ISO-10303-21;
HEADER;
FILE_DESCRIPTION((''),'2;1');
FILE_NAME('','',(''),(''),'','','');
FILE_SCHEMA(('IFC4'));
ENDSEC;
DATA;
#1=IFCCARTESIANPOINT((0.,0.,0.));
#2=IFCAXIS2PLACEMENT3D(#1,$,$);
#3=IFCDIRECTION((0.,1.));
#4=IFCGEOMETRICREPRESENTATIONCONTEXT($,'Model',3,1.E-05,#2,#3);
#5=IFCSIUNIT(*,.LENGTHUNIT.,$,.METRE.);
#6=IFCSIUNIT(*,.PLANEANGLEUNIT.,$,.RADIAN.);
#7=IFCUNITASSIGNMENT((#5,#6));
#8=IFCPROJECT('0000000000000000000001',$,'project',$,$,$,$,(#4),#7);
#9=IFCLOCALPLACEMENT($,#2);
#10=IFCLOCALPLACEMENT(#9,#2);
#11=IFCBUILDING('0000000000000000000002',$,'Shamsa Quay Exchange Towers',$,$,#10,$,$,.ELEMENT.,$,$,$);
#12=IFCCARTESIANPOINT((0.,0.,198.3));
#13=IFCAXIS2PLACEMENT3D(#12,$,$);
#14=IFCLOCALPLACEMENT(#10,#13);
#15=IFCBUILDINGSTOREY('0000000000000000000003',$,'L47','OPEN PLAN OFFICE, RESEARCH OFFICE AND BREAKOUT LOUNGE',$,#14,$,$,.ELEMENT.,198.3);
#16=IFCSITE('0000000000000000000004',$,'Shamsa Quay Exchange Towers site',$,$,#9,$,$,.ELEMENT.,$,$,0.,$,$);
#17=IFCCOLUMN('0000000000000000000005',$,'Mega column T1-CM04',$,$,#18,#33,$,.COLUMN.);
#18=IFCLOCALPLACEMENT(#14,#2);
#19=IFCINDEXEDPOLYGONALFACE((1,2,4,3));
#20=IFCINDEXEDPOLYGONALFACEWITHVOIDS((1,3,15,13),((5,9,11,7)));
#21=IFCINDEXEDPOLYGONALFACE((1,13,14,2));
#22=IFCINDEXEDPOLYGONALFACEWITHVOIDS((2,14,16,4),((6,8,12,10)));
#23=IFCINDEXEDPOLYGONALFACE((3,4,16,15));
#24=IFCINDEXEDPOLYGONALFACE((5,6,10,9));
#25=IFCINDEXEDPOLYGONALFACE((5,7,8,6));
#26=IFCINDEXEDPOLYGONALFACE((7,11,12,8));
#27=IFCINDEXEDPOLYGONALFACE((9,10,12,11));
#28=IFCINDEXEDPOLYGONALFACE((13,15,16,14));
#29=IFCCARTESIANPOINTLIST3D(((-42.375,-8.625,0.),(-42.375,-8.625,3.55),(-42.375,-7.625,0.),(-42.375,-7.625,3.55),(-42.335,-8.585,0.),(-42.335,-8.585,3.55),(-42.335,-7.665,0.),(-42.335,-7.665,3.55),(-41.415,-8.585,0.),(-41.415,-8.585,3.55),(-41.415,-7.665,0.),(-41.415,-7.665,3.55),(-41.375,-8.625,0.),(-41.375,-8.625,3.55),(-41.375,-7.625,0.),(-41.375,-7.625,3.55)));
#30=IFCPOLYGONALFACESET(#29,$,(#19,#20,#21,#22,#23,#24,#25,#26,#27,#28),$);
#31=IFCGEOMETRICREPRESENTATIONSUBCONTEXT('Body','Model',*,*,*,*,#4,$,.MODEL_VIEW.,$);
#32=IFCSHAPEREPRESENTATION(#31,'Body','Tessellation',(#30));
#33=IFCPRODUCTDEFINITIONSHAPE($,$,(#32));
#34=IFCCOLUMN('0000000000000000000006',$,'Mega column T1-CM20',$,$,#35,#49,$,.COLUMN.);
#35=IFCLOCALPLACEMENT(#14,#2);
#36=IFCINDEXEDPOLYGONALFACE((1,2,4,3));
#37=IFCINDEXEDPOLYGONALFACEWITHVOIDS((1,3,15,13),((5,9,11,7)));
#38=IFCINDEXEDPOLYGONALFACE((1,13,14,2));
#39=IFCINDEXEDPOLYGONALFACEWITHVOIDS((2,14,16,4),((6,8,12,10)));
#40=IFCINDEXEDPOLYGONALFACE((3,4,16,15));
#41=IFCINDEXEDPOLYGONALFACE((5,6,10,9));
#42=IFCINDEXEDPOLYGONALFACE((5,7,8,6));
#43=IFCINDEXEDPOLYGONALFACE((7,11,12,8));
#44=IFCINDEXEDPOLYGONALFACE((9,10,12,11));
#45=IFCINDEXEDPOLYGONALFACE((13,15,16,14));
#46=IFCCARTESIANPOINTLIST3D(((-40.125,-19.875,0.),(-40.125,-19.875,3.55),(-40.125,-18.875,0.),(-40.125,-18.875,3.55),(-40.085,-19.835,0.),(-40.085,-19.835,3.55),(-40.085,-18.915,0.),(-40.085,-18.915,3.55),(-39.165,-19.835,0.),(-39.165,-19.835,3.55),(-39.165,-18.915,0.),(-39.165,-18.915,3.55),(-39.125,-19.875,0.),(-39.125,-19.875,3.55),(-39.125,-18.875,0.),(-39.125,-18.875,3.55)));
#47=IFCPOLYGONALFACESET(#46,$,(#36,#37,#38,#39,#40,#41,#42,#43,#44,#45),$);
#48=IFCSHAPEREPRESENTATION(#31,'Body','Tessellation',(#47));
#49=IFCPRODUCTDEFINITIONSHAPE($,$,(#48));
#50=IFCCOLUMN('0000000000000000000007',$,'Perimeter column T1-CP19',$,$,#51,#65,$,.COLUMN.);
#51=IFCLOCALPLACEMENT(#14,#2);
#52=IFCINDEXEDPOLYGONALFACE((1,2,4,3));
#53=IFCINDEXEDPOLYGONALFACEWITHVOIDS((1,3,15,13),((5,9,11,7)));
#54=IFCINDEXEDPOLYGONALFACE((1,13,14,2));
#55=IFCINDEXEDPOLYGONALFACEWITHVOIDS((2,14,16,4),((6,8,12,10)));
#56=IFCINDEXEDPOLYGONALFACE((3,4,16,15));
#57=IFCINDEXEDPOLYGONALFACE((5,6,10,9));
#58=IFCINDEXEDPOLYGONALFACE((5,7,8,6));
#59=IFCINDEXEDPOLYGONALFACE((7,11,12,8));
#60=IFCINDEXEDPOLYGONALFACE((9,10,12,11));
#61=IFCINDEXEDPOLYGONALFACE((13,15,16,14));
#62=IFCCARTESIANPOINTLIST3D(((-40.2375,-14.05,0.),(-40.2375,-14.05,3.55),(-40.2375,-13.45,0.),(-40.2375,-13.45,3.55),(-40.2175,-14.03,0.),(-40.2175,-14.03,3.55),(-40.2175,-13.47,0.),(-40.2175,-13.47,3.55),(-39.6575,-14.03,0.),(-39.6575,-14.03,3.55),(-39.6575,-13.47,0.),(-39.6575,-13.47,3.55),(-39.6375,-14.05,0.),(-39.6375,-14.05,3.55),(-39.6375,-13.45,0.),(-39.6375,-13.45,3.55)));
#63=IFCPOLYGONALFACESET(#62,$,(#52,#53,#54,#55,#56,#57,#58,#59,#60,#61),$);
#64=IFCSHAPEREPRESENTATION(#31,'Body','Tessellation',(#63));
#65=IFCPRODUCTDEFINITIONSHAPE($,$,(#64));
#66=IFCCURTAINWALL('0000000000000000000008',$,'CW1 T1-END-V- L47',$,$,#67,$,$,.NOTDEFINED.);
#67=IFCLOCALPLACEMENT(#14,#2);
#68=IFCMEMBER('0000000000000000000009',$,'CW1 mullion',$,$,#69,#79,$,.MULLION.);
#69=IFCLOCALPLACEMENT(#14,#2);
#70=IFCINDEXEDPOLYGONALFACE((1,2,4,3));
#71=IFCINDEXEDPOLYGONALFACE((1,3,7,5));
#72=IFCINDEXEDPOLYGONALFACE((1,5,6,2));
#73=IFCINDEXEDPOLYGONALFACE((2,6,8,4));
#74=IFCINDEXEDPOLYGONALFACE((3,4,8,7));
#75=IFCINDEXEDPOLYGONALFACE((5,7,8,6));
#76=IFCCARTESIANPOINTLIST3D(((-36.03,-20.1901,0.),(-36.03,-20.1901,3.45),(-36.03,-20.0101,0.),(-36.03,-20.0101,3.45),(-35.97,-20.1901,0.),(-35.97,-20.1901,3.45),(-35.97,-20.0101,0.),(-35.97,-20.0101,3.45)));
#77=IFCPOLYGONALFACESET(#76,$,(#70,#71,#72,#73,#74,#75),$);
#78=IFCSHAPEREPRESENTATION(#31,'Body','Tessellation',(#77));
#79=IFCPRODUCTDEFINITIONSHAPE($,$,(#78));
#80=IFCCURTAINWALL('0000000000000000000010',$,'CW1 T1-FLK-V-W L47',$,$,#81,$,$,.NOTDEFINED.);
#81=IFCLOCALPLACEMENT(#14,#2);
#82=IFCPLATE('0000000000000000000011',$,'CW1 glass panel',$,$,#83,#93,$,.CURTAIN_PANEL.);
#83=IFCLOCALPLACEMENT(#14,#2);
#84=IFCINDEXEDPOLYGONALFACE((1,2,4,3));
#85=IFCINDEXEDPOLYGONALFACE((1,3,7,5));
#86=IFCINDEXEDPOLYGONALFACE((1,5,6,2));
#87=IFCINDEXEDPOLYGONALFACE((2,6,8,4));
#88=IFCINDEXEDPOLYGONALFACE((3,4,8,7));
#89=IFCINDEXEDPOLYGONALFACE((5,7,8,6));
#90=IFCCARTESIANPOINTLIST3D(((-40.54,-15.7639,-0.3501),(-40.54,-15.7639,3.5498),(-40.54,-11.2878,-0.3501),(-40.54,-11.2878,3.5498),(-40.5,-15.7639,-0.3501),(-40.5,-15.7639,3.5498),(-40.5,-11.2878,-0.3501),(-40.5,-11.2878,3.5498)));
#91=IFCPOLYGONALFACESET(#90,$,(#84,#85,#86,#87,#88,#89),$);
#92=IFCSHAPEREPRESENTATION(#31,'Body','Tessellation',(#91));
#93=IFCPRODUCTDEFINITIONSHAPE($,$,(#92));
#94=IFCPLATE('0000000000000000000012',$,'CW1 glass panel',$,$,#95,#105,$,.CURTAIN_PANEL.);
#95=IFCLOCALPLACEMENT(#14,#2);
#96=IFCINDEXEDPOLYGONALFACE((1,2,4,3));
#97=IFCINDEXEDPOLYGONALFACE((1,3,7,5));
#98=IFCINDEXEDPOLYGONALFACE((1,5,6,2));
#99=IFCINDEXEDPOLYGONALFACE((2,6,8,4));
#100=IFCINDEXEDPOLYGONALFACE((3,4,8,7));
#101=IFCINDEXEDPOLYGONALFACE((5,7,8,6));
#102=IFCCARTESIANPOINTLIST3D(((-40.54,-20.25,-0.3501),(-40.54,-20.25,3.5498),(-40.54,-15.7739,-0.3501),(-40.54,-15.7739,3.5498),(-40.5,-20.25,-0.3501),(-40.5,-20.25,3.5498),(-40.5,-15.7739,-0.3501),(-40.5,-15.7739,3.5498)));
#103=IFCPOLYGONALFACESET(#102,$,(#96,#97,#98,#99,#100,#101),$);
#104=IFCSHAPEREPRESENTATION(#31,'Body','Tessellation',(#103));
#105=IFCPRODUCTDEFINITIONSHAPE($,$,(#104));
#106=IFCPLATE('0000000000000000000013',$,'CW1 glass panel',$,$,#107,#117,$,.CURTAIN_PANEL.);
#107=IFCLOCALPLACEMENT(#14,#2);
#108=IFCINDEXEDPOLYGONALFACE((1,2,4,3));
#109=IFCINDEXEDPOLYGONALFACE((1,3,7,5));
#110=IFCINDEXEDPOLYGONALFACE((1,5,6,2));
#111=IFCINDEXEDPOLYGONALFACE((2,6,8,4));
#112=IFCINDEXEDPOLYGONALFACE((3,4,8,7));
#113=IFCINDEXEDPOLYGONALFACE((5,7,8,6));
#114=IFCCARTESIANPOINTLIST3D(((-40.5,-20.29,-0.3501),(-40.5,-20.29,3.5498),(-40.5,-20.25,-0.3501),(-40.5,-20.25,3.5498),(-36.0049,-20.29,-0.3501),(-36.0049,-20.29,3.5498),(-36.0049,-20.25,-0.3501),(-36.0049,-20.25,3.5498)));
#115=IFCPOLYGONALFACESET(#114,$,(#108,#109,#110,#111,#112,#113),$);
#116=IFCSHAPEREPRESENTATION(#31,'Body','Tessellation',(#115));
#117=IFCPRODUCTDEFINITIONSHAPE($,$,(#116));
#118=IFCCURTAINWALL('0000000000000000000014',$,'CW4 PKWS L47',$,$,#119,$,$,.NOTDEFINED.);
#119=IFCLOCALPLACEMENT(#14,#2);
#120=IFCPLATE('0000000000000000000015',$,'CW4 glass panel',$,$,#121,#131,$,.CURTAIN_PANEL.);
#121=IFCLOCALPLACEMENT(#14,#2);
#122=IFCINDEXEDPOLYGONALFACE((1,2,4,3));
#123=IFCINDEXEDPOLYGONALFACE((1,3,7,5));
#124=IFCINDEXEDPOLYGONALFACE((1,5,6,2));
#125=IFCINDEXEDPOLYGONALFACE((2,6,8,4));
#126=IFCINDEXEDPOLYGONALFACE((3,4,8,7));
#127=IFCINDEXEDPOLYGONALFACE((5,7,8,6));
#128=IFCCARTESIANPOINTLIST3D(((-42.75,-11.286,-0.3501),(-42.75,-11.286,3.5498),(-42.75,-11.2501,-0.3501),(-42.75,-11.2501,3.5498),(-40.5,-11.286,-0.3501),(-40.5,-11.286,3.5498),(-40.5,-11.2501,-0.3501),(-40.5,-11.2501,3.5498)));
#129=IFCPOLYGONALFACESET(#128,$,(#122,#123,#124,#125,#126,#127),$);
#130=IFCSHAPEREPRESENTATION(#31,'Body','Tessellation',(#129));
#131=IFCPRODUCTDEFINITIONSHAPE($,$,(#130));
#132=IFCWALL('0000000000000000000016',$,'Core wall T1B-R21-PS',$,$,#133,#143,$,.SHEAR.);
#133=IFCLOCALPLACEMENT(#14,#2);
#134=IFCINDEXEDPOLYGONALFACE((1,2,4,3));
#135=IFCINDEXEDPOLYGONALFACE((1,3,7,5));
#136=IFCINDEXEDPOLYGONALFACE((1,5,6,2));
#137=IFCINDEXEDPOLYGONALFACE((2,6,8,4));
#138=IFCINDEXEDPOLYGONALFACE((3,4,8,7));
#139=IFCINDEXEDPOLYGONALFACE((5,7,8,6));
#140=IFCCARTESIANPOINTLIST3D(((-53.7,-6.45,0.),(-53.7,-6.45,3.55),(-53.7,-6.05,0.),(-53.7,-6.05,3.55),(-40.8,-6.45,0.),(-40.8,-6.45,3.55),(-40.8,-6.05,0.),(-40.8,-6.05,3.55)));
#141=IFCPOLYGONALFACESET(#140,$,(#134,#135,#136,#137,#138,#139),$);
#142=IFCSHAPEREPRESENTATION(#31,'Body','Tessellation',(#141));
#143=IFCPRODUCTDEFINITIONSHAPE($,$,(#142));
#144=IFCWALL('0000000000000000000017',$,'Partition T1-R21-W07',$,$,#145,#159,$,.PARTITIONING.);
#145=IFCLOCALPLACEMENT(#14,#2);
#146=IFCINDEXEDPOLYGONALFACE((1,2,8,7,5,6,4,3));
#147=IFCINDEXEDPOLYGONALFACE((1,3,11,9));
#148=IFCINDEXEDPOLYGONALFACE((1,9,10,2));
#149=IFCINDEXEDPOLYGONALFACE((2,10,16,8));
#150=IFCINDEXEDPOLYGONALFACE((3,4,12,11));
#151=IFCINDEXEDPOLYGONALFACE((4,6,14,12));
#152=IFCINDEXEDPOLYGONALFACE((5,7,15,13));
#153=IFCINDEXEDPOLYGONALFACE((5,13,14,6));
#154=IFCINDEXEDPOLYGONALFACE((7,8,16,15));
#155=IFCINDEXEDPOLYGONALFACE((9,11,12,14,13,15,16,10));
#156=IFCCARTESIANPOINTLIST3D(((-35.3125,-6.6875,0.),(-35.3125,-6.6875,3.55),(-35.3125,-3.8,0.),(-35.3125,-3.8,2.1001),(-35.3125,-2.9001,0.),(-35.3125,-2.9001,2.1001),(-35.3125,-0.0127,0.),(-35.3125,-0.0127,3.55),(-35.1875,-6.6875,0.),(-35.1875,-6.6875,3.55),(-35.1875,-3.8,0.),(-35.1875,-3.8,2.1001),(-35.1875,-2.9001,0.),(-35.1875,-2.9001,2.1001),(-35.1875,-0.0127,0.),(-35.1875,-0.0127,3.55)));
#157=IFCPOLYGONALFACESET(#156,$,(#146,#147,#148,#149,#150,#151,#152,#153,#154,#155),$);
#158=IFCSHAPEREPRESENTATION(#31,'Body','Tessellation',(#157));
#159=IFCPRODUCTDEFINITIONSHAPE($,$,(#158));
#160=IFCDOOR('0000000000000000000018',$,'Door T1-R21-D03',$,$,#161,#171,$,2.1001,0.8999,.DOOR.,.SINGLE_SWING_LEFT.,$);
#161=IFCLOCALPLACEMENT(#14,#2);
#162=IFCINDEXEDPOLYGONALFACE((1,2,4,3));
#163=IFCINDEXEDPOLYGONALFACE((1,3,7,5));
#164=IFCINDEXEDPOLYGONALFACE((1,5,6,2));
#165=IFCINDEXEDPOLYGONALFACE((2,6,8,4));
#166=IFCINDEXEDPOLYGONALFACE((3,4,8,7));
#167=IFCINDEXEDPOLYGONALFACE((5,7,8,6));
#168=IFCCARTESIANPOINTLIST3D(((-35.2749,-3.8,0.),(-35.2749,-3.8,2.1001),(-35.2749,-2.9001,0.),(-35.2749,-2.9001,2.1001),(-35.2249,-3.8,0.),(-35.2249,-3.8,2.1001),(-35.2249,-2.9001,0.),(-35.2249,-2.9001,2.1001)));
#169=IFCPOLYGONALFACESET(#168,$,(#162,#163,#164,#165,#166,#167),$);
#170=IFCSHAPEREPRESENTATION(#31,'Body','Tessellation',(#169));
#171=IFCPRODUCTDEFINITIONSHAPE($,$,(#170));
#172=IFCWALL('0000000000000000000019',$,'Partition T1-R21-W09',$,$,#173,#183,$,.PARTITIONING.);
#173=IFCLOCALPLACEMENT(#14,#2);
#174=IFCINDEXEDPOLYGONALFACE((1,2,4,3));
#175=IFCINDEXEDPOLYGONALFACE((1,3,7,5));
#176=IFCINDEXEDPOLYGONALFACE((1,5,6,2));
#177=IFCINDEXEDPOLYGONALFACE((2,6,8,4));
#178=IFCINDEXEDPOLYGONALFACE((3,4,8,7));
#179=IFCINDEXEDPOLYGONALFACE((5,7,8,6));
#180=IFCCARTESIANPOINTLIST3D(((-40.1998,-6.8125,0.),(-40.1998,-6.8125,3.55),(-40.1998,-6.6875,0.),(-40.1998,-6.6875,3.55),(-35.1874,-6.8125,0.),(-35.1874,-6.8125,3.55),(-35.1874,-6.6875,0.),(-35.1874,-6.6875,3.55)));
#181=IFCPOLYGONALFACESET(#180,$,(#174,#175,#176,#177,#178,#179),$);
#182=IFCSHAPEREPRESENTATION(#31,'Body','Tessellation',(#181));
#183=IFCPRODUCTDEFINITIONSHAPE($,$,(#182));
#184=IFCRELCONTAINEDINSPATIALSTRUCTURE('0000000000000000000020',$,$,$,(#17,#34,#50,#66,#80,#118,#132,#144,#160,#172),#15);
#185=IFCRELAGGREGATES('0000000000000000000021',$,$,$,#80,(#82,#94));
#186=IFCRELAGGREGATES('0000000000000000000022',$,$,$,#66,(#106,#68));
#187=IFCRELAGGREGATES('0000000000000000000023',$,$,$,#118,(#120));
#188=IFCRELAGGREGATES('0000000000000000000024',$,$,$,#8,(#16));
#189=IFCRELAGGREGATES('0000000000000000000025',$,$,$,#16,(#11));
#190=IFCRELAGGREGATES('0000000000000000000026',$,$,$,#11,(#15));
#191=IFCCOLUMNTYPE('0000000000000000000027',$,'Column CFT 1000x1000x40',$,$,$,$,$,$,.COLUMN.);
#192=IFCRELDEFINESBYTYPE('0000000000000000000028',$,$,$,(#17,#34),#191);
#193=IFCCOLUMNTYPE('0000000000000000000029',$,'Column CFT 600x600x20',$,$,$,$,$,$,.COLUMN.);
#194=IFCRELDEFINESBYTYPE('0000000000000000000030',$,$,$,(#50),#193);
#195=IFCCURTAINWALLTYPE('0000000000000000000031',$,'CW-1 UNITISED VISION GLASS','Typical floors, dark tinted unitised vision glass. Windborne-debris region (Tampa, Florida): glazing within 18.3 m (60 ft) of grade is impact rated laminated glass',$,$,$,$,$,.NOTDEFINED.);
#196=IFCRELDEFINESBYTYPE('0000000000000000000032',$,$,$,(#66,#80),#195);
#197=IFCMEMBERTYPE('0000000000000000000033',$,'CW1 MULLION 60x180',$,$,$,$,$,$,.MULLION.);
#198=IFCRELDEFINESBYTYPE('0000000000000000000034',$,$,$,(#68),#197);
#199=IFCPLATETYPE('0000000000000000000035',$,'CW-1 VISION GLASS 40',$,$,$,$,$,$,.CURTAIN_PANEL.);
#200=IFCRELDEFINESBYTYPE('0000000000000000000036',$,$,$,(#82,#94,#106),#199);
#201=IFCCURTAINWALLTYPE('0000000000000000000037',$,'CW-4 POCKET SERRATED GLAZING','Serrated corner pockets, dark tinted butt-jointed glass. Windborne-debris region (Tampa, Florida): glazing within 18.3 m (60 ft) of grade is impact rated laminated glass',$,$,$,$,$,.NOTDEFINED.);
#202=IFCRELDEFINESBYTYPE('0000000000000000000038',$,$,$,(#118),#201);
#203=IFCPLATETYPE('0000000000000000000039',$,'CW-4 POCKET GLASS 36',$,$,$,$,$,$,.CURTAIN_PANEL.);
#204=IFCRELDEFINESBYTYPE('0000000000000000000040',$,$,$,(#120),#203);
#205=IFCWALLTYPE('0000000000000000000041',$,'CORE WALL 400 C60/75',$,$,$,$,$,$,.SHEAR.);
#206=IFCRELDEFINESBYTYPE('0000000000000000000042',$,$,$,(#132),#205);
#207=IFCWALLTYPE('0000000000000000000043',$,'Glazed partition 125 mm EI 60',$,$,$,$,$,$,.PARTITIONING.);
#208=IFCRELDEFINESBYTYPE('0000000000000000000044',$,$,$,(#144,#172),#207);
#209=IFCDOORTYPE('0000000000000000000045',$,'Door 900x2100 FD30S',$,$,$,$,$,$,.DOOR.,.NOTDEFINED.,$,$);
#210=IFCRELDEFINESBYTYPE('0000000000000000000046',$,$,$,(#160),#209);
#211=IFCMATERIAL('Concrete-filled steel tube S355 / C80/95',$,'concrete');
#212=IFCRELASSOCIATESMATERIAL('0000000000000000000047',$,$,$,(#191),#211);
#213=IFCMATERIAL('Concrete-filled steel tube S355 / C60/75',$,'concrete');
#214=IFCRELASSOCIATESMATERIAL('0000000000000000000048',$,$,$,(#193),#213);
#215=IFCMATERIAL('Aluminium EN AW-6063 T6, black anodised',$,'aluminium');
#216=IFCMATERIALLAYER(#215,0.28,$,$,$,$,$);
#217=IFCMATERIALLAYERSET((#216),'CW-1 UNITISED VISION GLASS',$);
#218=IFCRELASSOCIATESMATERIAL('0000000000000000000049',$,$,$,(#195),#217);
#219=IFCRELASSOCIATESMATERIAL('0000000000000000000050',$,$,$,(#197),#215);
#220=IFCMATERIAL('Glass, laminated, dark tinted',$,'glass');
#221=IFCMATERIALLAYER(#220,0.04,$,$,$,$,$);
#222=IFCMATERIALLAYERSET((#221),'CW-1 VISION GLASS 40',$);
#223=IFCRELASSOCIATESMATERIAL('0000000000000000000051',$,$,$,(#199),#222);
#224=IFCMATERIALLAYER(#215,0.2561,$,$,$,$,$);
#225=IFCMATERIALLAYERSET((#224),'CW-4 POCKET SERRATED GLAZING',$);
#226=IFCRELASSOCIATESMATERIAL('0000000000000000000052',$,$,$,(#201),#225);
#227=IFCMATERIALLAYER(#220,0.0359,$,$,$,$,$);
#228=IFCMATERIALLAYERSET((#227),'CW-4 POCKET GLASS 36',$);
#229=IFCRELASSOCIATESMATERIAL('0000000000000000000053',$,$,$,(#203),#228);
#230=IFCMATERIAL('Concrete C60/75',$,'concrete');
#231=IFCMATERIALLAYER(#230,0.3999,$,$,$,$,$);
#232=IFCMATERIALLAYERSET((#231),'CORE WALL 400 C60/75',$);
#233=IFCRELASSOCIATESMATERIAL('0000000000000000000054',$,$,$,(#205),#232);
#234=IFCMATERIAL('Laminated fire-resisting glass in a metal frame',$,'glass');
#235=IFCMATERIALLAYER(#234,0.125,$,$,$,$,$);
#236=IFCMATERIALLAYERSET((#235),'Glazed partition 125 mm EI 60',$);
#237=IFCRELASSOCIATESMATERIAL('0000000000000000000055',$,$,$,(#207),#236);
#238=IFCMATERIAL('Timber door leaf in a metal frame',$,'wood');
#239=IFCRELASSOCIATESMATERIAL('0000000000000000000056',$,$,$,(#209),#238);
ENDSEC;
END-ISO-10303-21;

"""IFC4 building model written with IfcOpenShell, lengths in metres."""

from ifc_helpers import new_model, si_unit, direction, frame, frame_2d, origin, origin_2d, place, context, subcontext, project, spatial, rectangle, hollow_rectangle, extrude, material, layer, layer_set, material_profile, profile_set, type_object, element, fill, aggregate, save


model = new_model("IFC4")

# Units and contexts
model_context = context("Model", 3, precision=1e-05, world=origin(), true_north=direction((0.0, 1.0)))
body_context = subcontext(model_context, "Body", "Model", "MODEL_VIEW")
ifc_project = project(units=[si_unit("LENGTHUNIT", "METRE"), si_unit("PLANEANGLEUNIT", "RADIAN")], contexts=[model_context])

# Site, building, storey
site_placement = place(None, origin())
site = spatial("IfcSite", under=ifc_project, at=site_placement, Name="Shamsa Quay Exchange Towers site", CompositionType="ELEMENT", RefElevation=0.0)
building_placement = place(site_placement, origin())
building = spatial("IfcBuilding", under=site, at=building_placement, Name="Shamsa Quay Exchange Towers", CompositionType="ELEMENT")
storey_placement = place(building_placement, frame((0.0, 0.0, 198.3)))
storey = spatial("IfcBuildingStorey", under=building, at=storey_placement, Name="L47", Description="OPEN PLAN OFFICE, RESEARCH OFFICE AND BREAKOUT LOUNGE", CompositionType="ELEMENT", Elevation=198.3)

# Columns
ifc_material_1 = material(Name="Concrete-filled steel tube S355 / C80/95", Category="concrete")
ifc_material_profile_1 = material_profile(ifc_material_1, hollow_rectangle(XDim=1.0, YDim=1.0, WallThickness=0.04, at=origin_2d()), Name="CFT 1000x1000x40")
ifc_profile_set_1 = profile_set([ifc_material_profile_1], Name="Concrete-filled steel tube S355 / C80/95")
column_type_1 = type_object("IfcColumnType", Name="Column CFT 1000x1000x40", PredefinedType="COLUMN", material=ifc_profile_set_1)
for number, where, name in (
    (1, (-41.875, -8.125, 0.0), "Mega column T1-CM04"),
    (2, (-39.625, -19.375, 0.0), "Mega column T1-CM20"),
):
    element("IfcColumn", number, at=place(storey_placement, frame(where)), inside=storey, type_object=column_type_1, Name=name, PredefinedType="COLUMN", context=body_context, shape_type="SweptSolid", body=[
        extrude(hollow_rectangle(XDim=1.0, YDim=1.0, WallThickness=0.04, at=origin_2d()), origin(), (0.0, 0.0, 1.0), 3.55),
    ])
ifc_material_2 = material(Name="Concrete-filled steel tube S355 / C60/75", Category="concrete")
ifc_material_profile_2 = material_profile(ifc_material_2, hollow_rectangle(XDim=0.6001, YDim=0.6001, WallThickness=0.02, at=origin_2d()), Name="CFT 600x600x20")
ifc_profile_set_2 = profile_set([ifc_material_profile_2], Name="Concrete-filled steel tube S355 / C60/75")
column_type_2 = type_object("IfcColumnType", Name="Column CFT 600x600x20", PredefinedType="COLUMN", material=ifc_profile_set_2)
column_placement = place(storey_placement, frame((-39.9375, -13.75, 0.0)))
element("IfcColumn", 3, at=column_placement, inside=storey, type_object=column_type_2, Name="Perimeter column T1-CP19", PredefinedType="COLUMN", context=body_context, shape_type="SweptSolid", body=[
    extrude(hollow_rectangle(XDim=0.6001, YDim=0.6001, WallThickness=0.02, at=origin_2d()), origin(), (0.0, 0.0, 1.0), 3.55),
])

# Curtain wall, member
ifc_material_3 = material(Name="Aluminium EN AW-6063 T6, black anodised", Category="aluminium")
ifc_layer_1 = layer(ifc_material_3, 0.28)
ifc_layer_set_1 = layer_set([ifc_layer_1], Name="CW-1 UNITISED VISION GLASS")
curtain_wall_type_1 = type_object("IfcCurtainWallType", Name="CW-1 UNITISED VISION GLASS", Description="Typical floors, dark tinted unitised vision glass. Windborne-debris region (Tampa, Florida): glazing within 18.3 m (60 ft) of grade is impact rated laminated glass", PredefinedType="NOTDEFINED", material=ifc_layer_set_1)
curtain_wall_1_placement = place(storey_placement, origin())
curtain_wall_1 = element("IfcCurtainWall", 4, at=curtain_wall_1_placement, inside=storey, type_object=curtain_wall_type_1, Name="CW1 T1-END-V- L47", PredefinedType="NOTDEFINED")
ifc_material_profile_3 = material_profile(ifc_material_3, rectangle(XDim=0.1799, YDim=0.0601, at=origin_2d()), Name="MU60x180")
ifc_profile_set_3 = profile_set([ifc_material_profile_3], Name="Aluminium EN AW-6063 T6, black anodised")
member_type = type_object("IfcMemberType", Name="CW1 MULLION 60x180", PredefinedType="MULLION", material=ifc_profile_set_3)
member_placement = place(storey_placement, frame((-36.0, -20.1001, 0.0), z_axis=(0.0, 0.0, 1.0), x_axis=(0.0, 1.0, 0.0)))
member = element("IfcMember", 5, at=member_placement, type_object=member_type, Name="CW1 mullion", PredefinedType="MULLION", context=body_context, shape_type="SweptSolid", body=[
    extrude(rectangle(XDim=0.1799, YDim=0.0601, at=origin_2d()), origin(), (0.0, 0.0, 1.0), 3.45),
])

# Curtain wall, plates
curtain_wall_2_placement = place(storey_placement, origin())
curtain_wall_2 = element("IfcCurtainWall", 6, at=curtain_wall_2_placement, inside=storey, type_object=curtain_wall_type_1, Name="CW1 T1-FLK-V-W L47", PredefinedType="NOTDEFINED")
ifc_material_4 = material(Name="Glass, laminated, dark tinted", Category="glass")
ifc_layer_2 = layer(ifc_material_4, 0.04)
ifc_layer_set_2 = layer_set([ifc_layer_2], Name="CW-1 VISION GLASS 40")
plate_type_1 = type_object("IfcPlateType", Name="CW-1 VISION GLASS 40", PredefinedType="CURTAIN_PANEL", material=ifc_layer_set_2)
plate_1_placement = place(storey_placement, frame((-40.52, -13.5259, -0.3501), z_axis=(0.0, 0.0, 1.0), x_axis=(0.0, -1.0, 0.0)))
plate_1 = element("IfcPlate", 7, at=plate_1_placement, type_object=plate_type_1, Name="CW1 glass panel", PredefinedType="CURTAIN_PANEL", context=body_context, shape_type="SweptSolid", body=[
    extrude(rectangle(XDim=4.4761, YDim=0.04, at=origin_2d()), origin(), (0.0, 0.0, 1.0), 3.8999),
])
plate_2_placement = place(storey_placement, frame((-40.52, -18.012, -0.3501), z_axis=(0.0, 0.0, 1.0), x_axis=(0.0, -1.0, 0.0)))
plate_2 = element("IfcPlate", 8, at=plate_2_placement, type_object=plate_type_1, Name="CW1 glass panel", PredefinedType="CURTAIN_PANEL", context=body_context, shape_type="SweptSolid", body=[
    extrude(rectangle(XDim=4.4761, YDim=0.04, at=origin_2d()), origin(), (0.0, 0.0, 1.0), 3.8999),
])
aggregate(curtain_wall_2, [plate_1, plate_2])

# Plate
plate_3_placement = place(storey_placement, frame((-38.2524, -20.27, -0.3501)))
plate_3 = element("IfcPlate", 9, at=plate_3_placement, type_object=plate_type_1, Name="CW1 glass panel", PredefinedType="CURTAIN_PANEL", context=body_context, shape_type="SweptSolid", body=[
    extrude(rectangle(XDim=4.4951, YDim=0.04, at=origin_2d()), origin(), (0.0, 0.0, 1.0), 3.8999),
])
aggregate(curtain_wall_1, [plate_3, member])

# Curtain wall, plate
ifc_layer_3 = layer(ifc_material_3, 0.2561)
ifc_layer_set_3 = layer_set([ifc_layer_3], Name="CW-4 POCKET SERRATED GLAZING")
curtain_wall_type_2 = type_object("IfcCurtainWallType", Name="CW-4 POCKET SERRATED GLAZING", Description="Serrated corner pockets, dark tinted butt-jointed glass. Windborne-debris region (Tampa, Florida): glazing within 18.3 m (60 ft) of grade is impact rated laminated glass", PredefinedType="NOTDEFINED", material=ifc_layer_set_3)
curtain_wall_3_placement = place(storey_placement, origin())
curtain_wall_3 = element("IfcCurtainWall", 10, at=curtain_wall_3_placement, inside=storey, type_object=curtain_wall_type_2, Name="CW4 PKWS L47", PredefinedType="NOTDEFINED")
ifc_layer_4 = layer(ifc_material_4, 0.0359)
ifc_layer_set_4 = layer_set([ifc_layer_4], Name="CW-4 POCKET GLASS 36")
plate_type_2 = type_object("IfcPlateType", Name="CW-4 POCKET GLASS 36", PredefinedType="CURTAIN_PANEL", material=ifc_layer_set_4)
plate_4_placement = place(storey_placement, frame((-41.625, -11.2681, -0.3501)))
plate_4 = element("IfcPlate", 11, at=plate_4_placement, type_object=plate_type_2, Name="CW4 glass panel", PredefinedType="CURTAIN_PANEL", context=body_context, shape_type="SweptSolid", body=[
    extrude(rectangle(XDim=2.25, YDim=0.0359, at=origin_2d()), origin(), (0.0, 0.0, 1.0), 3.8999),
])
aggregate(curtain_wall_3, [plate_4])

# Wall
ifc_material_5 = material(Name="Concrete C60/75", Category="concrete")
ifc_layer_5 = layer(ifc_material_5, 0.3999)
ifc_layer_set_5 = layer_set([ifc_layer_5], Name="CORE WALL 400 C60/75")
wall_type_1 = type_object("IfcWallType", Name="CORE WALL 400 C60/75", PredefinedType="SHEAR", material=ifc_layer_set_5)
wall_1_placement = place(storey_placement, frame((-40.8, -6.25, 0.0), z_axis=(0.0, 0.0, 1.0), x_axis=(-1.0, 0.0, 0.0)))
element("IfcWall", 12, at=wall_1_placement, inside=storey, type_object=wall_type_1, Name="Core wall T1B-R21-PS", PredefinedType="SHEAR", context=body_context, shape_type="SweptSolid", body=[
    extrude(rectangle(XDim=12.8999, YDim=0.3999, at=frame_2d((6.45, 0.0))), origin(), (0.0, 0.0, 1.0), 3.55),
])

# Wall, opening, door
ifc_material_6 = material(Name="Laminated fire-resisting glass in a metal frame", Category="glass")
ifc_layer_6 = layer(ifc_material_6, 0.125)
ifc_layer_set_6 = layer_set([ifc_layer_6], Name="Glazed partition 125 mm EI 60")
wall_type_2 = type_object("IfcWallType", Name="Glazed partition 125 mm EI 60", PredefinedType="PARTITIONING", material=ifc_layer_set_6)
wall_2_placement = place(storey_placement, frame((-35.25, -6.6875, 0.0), z_axis=(0.0, 0.0, 1.0), x_axis=(0.0, 1.0, 0.0)))
wall_2 = element("IfcWall", 13, at=wall_2_placement, inside=storey, type_object=wall_type_2, Name="Partition T1-R21-W07", PredefinedType="PARTITIONING", context=body_context, shape_type="SweptSolid", body=[
    extrude(rectangle(XDim=6.6748, YDim=0.125, at=frame_2d((3.3374, 0.0))), origin(), (0.0, 0.0, 1.0), 3.55),
])
opening_1_placement = place(wall_2_placement, frame((2.8875, 0.0, 0.0)))
opening_1 = element("IfcOpeningElement", 14, at=opening_1_placement, cuts=wall_2, PredefinedType="OPENING", context=body_context, shape_type="SweptSolid", body=[
    extrude(rectangle(XDim=0.8999, YDim=2.1001, at=frame_2d((0.45, 1.05))), frame((0.0, 0.0725, 0.0), z_axis=(0.0, -1.0, 0.0), x_axis=(1.0, 0.0, 0.0)), (0.0, 0.0, 1.0), 0.145),
])
ifc_material_7 = material(Name="Timber door leaf in a metal frame", Category="wood")
door_type_1 = type_object("IfcDoorType", Name="Door 900x2100 FD30S", OperationType="NOTDEFINED", PredefinedType="DOOR", material=ifc_material_7)
door_1_placement = place(opening_1_placement, origin())
door_1 = element("IfcDoor", 15, at=door_1_placement, inside=storey, type_object=door_type_1, Name="Door T1-R21-D03", OperationType="SINGLE_SWING_LEFT", OverallHeight=2.1001, OverallWidth=0.8999, PredefinedType="DOOR", context=body_context, shape_type="SweptSolid", body=[
    extrude(rectangle(XDim=0.8999, YDim=2.1001, at=frame_2d((0.45, 1.05))), frame((0.0, 0.0249, 0.0), z_axis=(0.0, -1.0, 0.0), x_axis=(1.0, 0.0, 0.0)), (0.0, 0.0, 1.0), 0.05),
])
fill(opening_1, door_1)

# Wall
wall_3_placement = place(storey_placement, frame((-40.2, -6.75, 0.0)))
element("IfcWall", 16, at=wall_3_placement, inside=storey, type_object=wall_type_2, Name="Partition T1-R21-W09", PredefinedType="PARTITIONING", context=body_context, shape_type="SweptSolid", body=[
    extrude(rectangle(XDim=5.0125, YDim=0.125, at=frame_2d((2.5063, 0.0))), origin(), (0.0, 0.0, 1.0), 3.55),
])

save(model, "model.ifc")
